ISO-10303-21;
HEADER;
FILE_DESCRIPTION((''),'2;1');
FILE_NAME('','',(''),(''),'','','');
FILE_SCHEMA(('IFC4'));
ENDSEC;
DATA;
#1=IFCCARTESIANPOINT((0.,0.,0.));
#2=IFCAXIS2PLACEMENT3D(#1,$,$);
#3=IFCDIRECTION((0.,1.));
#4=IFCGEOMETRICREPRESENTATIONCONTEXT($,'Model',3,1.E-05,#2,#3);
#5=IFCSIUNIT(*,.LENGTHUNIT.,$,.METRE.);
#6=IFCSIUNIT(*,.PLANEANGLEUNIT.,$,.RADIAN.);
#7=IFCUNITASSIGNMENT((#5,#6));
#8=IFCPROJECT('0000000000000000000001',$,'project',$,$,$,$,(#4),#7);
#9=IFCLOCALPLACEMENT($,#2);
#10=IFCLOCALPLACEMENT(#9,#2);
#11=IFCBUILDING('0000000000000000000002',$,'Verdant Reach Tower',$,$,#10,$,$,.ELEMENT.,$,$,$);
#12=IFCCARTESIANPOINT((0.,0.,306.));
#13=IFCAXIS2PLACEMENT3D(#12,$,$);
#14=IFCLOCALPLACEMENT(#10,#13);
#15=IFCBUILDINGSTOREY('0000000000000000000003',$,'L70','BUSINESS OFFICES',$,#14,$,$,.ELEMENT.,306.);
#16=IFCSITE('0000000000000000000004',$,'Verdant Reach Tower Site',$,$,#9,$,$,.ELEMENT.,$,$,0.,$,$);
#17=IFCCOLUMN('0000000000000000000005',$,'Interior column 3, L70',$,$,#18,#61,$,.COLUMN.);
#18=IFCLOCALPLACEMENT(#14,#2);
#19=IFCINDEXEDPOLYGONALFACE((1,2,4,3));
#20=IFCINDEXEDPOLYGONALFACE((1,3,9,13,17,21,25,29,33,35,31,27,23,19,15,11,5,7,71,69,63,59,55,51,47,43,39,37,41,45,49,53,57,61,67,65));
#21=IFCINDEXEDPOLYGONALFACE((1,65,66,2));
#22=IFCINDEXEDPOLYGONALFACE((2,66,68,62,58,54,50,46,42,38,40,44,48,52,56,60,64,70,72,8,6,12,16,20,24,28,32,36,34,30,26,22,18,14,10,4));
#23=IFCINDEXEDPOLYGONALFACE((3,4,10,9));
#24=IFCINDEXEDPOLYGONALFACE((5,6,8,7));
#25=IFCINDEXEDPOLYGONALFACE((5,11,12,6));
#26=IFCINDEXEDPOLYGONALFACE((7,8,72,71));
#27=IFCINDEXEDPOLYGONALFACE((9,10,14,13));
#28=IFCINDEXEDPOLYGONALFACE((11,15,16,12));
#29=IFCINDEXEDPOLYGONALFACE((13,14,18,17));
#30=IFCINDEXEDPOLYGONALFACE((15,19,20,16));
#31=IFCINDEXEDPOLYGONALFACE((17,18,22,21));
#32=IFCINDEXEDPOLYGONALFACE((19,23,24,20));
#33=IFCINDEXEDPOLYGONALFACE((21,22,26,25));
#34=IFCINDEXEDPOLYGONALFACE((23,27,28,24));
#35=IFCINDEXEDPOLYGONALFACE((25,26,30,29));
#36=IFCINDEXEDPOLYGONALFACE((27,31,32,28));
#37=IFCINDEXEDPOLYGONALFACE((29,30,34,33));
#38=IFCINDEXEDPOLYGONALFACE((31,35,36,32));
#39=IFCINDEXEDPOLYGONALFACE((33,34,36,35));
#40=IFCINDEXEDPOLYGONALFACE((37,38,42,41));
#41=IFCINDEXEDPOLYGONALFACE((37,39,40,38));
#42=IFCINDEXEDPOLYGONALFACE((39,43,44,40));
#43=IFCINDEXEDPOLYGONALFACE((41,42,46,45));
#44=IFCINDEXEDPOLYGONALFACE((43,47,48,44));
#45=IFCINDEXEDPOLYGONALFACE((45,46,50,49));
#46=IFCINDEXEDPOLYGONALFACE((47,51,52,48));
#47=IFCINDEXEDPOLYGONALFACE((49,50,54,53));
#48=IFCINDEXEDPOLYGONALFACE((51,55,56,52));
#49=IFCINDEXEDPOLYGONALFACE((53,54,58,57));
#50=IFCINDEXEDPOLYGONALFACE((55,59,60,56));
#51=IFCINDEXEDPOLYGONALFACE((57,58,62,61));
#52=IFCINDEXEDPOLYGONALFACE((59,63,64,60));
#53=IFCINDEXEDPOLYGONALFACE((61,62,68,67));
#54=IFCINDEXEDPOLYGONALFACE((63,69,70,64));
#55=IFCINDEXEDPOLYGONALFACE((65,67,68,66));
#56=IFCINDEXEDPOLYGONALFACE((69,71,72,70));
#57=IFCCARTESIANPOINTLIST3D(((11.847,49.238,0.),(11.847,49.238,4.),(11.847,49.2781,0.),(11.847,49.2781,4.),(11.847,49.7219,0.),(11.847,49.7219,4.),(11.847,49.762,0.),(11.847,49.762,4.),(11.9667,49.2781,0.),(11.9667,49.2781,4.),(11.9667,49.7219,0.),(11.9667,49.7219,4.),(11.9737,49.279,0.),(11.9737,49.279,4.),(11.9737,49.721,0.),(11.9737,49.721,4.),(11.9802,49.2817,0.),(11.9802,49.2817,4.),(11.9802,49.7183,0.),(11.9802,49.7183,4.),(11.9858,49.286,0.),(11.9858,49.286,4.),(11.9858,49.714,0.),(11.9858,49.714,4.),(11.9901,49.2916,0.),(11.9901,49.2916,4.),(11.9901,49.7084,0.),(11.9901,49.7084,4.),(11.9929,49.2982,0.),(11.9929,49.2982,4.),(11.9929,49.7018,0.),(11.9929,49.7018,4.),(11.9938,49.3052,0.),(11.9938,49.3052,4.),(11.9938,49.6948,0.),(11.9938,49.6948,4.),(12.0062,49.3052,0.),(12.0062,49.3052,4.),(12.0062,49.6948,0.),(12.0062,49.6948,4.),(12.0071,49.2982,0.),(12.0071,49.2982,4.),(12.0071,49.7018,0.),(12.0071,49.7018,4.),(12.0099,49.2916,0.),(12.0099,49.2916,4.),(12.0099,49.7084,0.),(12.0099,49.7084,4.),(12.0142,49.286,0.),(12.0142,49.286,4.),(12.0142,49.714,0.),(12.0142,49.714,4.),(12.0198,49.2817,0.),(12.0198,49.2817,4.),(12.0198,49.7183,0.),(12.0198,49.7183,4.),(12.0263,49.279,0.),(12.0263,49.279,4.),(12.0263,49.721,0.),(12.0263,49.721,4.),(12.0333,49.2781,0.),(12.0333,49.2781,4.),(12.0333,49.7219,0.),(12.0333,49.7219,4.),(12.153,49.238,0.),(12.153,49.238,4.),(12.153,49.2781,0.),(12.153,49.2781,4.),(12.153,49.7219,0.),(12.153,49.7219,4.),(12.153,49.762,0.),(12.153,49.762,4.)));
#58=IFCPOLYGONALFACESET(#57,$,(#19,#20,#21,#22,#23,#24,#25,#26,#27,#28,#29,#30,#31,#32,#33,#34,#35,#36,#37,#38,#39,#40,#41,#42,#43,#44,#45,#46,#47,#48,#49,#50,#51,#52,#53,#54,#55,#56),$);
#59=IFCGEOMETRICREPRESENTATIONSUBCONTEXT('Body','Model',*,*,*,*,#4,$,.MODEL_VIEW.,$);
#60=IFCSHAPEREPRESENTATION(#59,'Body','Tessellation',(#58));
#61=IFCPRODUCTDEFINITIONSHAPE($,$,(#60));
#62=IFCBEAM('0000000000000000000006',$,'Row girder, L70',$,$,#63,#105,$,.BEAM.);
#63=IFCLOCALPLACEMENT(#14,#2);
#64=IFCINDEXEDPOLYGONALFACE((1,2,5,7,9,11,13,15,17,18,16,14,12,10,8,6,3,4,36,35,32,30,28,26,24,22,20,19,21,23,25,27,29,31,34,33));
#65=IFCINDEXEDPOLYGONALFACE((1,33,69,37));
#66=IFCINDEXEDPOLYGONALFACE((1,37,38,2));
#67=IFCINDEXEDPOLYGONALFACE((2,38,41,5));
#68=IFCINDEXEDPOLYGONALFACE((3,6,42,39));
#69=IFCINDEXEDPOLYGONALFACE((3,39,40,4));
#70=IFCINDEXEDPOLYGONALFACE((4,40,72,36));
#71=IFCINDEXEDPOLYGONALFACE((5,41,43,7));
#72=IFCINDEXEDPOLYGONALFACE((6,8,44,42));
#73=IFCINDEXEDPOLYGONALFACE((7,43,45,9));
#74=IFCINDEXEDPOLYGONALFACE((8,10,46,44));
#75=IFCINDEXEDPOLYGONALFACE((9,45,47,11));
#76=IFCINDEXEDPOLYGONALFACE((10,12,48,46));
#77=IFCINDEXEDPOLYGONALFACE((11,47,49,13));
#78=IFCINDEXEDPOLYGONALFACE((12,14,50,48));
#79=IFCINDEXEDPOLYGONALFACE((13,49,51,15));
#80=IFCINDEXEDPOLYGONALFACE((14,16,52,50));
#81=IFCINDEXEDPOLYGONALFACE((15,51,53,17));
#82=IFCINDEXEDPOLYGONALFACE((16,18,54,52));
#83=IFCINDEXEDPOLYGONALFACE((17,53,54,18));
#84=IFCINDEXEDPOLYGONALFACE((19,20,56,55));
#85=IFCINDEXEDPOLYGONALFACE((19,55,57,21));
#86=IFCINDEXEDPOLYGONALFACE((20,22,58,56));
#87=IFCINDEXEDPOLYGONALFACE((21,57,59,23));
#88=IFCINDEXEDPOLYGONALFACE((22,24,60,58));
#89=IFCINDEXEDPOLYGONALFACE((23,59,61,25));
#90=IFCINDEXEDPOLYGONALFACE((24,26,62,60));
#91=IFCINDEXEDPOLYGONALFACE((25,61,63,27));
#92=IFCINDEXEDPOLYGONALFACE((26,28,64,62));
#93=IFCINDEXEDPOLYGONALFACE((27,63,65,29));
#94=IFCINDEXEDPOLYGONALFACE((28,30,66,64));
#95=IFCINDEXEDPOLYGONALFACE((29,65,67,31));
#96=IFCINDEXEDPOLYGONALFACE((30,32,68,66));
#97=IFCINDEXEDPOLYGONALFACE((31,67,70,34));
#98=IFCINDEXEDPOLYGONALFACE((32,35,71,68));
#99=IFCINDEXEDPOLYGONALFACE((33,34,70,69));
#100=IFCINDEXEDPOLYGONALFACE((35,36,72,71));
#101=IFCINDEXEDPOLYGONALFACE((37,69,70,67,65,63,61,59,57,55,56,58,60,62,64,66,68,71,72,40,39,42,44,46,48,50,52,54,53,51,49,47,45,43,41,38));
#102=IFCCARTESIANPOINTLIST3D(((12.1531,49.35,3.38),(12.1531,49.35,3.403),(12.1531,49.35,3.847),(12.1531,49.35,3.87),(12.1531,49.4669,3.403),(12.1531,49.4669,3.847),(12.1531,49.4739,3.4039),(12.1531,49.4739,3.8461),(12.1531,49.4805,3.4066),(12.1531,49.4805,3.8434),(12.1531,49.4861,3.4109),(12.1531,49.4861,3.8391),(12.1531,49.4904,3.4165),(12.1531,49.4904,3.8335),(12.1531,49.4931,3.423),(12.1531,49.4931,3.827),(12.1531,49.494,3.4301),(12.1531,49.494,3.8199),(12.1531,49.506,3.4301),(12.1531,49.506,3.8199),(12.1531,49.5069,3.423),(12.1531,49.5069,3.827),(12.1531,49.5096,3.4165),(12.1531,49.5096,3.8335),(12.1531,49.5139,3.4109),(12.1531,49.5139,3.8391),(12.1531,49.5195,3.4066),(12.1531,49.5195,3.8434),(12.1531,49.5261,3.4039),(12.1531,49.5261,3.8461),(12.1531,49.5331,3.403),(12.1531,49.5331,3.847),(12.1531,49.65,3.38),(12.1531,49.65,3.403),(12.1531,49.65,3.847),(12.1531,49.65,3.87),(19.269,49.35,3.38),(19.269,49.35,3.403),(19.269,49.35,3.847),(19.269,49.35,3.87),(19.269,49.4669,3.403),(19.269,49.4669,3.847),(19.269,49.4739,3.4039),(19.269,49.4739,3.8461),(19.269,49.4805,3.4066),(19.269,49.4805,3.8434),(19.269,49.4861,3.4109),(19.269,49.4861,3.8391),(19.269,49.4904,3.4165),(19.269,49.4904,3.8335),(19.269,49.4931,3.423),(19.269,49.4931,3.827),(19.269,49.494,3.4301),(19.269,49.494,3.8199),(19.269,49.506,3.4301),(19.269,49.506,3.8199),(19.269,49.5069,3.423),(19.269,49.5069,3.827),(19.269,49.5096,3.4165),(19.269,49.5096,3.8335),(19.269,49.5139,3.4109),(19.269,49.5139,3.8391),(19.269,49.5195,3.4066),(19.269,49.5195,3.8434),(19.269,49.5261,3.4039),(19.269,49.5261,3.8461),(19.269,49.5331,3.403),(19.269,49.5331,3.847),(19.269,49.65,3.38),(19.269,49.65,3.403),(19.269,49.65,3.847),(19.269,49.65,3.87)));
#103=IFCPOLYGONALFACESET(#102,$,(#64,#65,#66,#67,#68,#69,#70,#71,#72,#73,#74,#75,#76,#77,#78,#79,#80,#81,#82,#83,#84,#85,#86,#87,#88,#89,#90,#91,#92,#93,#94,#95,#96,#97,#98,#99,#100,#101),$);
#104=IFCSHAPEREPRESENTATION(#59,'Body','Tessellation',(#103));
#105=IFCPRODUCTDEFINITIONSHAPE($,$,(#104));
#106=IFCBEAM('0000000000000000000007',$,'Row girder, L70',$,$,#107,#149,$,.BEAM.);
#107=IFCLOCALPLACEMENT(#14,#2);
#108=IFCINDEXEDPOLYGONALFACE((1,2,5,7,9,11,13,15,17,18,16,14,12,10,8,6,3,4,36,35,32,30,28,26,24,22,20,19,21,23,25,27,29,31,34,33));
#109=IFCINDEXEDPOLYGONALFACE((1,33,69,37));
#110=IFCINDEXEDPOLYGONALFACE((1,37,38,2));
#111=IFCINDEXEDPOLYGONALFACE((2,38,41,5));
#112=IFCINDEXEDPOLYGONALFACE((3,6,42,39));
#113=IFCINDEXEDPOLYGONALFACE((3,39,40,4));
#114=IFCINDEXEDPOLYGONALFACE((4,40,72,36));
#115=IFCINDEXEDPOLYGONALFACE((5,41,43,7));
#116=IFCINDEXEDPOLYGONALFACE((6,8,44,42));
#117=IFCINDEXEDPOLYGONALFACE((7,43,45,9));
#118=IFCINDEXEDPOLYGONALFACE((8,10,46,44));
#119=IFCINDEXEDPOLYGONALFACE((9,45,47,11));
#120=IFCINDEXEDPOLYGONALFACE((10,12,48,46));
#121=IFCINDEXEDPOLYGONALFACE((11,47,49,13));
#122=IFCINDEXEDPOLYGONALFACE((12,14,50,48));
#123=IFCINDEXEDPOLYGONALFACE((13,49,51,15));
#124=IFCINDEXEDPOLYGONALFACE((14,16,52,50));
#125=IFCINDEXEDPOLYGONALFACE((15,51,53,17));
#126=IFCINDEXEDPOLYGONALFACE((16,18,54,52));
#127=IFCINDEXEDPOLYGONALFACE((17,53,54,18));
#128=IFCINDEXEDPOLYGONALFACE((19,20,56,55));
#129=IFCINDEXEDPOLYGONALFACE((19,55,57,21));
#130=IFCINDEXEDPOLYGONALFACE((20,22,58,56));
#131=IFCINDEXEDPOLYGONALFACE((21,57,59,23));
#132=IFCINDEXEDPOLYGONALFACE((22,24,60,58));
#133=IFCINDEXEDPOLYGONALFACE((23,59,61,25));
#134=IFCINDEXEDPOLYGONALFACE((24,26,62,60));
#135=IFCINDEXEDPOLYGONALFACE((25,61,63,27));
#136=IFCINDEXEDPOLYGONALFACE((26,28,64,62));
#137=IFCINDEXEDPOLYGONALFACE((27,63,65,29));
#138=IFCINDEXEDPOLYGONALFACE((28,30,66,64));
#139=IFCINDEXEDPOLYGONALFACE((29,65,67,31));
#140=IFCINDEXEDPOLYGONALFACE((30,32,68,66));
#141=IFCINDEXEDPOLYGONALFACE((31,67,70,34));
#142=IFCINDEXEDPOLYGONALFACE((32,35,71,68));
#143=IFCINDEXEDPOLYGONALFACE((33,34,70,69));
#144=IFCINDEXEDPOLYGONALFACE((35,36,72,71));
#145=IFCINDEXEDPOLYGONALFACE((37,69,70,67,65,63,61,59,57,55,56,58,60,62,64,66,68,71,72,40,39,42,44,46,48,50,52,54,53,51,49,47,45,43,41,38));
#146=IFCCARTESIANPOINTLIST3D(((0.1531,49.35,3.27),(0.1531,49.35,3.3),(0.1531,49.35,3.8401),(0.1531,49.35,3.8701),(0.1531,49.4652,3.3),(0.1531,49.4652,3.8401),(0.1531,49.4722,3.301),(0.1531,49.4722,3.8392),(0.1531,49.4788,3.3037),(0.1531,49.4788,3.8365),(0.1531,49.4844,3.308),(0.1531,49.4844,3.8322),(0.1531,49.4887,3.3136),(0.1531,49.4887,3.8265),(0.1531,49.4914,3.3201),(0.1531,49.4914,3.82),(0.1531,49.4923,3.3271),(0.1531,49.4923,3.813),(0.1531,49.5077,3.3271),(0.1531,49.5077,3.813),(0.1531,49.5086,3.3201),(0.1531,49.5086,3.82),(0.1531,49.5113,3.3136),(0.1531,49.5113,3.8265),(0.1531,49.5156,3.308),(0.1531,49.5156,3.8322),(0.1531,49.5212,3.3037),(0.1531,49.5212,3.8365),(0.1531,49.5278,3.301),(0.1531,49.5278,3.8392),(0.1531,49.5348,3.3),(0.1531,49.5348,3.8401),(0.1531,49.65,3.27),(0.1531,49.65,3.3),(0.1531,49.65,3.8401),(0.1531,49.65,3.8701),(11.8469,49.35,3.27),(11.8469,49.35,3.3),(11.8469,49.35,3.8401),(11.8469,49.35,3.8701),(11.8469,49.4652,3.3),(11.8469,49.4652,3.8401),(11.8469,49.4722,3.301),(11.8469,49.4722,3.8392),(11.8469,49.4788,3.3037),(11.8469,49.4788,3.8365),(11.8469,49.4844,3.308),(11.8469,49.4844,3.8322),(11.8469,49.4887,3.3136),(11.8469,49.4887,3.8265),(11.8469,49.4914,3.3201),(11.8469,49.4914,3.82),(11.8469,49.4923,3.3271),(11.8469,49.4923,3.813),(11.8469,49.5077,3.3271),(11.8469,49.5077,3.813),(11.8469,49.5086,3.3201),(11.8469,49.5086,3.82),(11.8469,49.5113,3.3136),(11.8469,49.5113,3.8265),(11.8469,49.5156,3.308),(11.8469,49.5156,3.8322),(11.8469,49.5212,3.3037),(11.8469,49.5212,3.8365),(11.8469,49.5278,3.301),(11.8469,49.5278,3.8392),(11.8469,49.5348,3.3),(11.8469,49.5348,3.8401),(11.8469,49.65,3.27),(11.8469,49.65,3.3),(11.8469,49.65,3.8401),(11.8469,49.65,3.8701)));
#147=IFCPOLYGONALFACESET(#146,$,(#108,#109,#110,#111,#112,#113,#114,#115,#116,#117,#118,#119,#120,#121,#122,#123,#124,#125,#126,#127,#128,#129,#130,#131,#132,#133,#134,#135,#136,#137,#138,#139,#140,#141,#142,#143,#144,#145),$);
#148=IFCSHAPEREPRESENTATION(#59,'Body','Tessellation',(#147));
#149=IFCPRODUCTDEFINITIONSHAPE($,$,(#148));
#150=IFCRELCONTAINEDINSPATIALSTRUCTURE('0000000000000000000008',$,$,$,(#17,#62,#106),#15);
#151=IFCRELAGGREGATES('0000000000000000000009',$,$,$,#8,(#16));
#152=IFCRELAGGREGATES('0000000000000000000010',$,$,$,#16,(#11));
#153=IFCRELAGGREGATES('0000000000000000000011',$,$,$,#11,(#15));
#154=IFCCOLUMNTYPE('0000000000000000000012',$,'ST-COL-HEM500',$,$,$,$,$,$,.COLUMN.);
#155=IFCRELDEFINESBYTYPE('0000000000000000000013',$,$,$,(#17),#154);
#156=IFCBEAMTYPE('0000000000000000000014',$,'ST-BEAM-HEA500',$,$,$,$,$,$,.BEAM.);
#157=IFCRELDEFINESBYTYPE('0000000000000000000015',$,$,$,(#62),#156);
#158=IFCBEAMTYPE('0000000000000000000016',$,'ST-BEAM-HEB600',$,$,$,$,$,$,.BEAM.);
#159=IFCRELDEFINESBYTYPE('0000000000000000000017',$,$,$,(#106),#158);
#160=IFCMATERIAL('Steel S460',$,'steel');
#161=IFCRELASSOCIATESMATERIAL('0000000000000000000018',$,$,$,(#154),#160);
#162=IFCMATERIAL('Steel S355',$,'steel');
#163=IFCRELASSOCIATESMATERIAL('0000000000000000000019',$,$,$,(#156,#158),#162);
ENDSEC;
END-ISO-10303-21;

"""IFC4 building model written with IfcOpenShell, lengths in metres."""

from ifc_helpers import new_model, si_unit, direction, frame, origin, origin_2d, place, context, subcontext, project, spatial, i_section, extrude, material, material_profile, profile_set, type_object, element, save


model = new_model("IFC4")

# Units and contexts
model_context = context("Model", 3, precision=1e-05, world=origin(), true_north=direction((0.0, 1.0)))
body_context = subcontext(model_context, "Body", "Model", "MODEL_VIEW")
ifc_project = project(units=[si_unit("LENGTHUNIT", "METRE"), si_unit("PLANEANGLEUNIT", "RADIAN")], contexts=[model_context])

# Site, building, storey
site_placement = place(None, origin())
site = spatial("IfcSite", under=ifc_project, at=site_placement, Name="Verdant Reach Tower Site", CompositionType="ELEMENT", RefElevation=0.0)
building_placement = place(site_placement, origin())
building = spatial("IfcBuilding", under=site, at=building_placement, Name="Verdant Reach Tower", CompositionType="ELEMENT")
storey_placement = place(building_placement, frame((0.0, 0.0, 306.0)))
storey = spatial("IfcBuildingStorey", under=building, at=storey_placement, Name="L70", Description="BUSINESS OFFICES", CompositionType="ELEMENT", Elevation=306.0)

# Column
ifc_material_1 = material(Name="Steel S460", Category="steel")
ifc_material_profile_1 = material_profile(ifc_material_1, i_section(OverallWidth=0.3059, OverallDepth=0.5239, WebThickness=0.0125, FlangeThickness=0.04, FilletRadius=0.0271, at=origin_2d()), Name="HEM 500")
ifc_profile_set_1 = profile_set([ifc_material_profile_1], Name="Steel S460")
column_type = type_object("IfcColumnType", Name="ST-COL-HEM500", PredefinedType="COLUMN", material=ifc_profile_set_1)
column_placement = place(storey_placement, frame((12.0, 49.5, 0.0), z_axis=(0.0, 0.0, 1.0), x_axis=(1.0, 0.0, 0.0)))
element("IfcColumn", 1, at=column_placement, inside=storey, type_object=column_type, Name="Interior column 3, L70", PredefinedType="COLUMN", context=body_context, shape_type="SweptSolid", body=[
    extrude(i_section(OverallWidth=0.3059, OverallDepth=0.5239, WebThickness=0.0125, FlangeThickness=0.04, FilletRadius=0.0271, at=origin_2d()), origin(), (0.0, 0.0, 1.0), 4.0),
])

# Beams
ifc_material_2 = material(Name="Steel S355", Category="steel")
ifc_material_profile_2 = material_profile(ifc_material_2, i_section(OverallWidth=0.3, OverallDepth=0.49, WebThickness=0.012, FlangeThickness=0.0229, FilletRadius=0.0271, at=origin_2d()), Name="HEA 500")
ifc_profile_set_2 = profile_set([ifc_material_profile_2], Name="Steel S355")
beam_type_1 = type_object("IfcBeamType", Name="ST-BEAM-HEA500", PredefinedType="BEAM", material=ifc_profile_set_2)
beam_1_placement = place(storey_placement, frame((12.1531, 49.5, 3.625), z_axis=(1.0, 0.0, 0.0), x_axis=(0.0, 1.0, 0.0)))
element("IfcBeam", 2, at=beam_1_placement, inside=storey, type_object=beam_type_1, Name="Row girder, L70", PredefinedType="BEAM", context=body_context, shape_type="SweptSolid", body=[
    extrude(i_section(OverallWidth=0.3, OverallDepth=0.49, WebThickness=0.012, FlangeThickness=0.0229, FilletRadius=0.0271, at=origin_2d()), origin(), (0.0, 0.0, 1.0), 7.116),
])
ifc_material_profile_3 = material_profile(ifc_material_2, i_section(OverallWidth=0.3, OverallDepth=0.6001, WebThickness=0.0154, FlangeThickness=0.03, FilletRadius=0.0271, at=origin_2d()), Name="HEB 600")
ifc_profile_set_3 = profile_set([ifc_material_profile_3], Name="Steel S355")
beam_type_2 = type_object("IfcBeamType", Name="ST-BEAM-HEB600", PredefinedType="BEAM", material=ifc_profile_set_3)
beam_2_placement = place(storey_placement, frame((0.1531, 49.5, 3.5701), z_axis=(1.0, 0.0, 0.0), x_axis=(0.0, 1.0, 0.0)))
element("IfcBeam", 3, at=beam_2_placement, inside=storey, type_object=beam_type_2, Name="Row girder, L70", PredefinedType="BEAM", context=body_context, shape_type="SweptSolid", body=[
    extrude(i_section(OverallWidth=0.3, OverallDepth=0.6001, WebThickness=0.0154, FlangeThickness=0.03, FilletRadius=0.0271, at=origin_2d()), origin(), (0.0, 0.0, 1.0), 11.6938),
])

save(model, "model.ifc")
